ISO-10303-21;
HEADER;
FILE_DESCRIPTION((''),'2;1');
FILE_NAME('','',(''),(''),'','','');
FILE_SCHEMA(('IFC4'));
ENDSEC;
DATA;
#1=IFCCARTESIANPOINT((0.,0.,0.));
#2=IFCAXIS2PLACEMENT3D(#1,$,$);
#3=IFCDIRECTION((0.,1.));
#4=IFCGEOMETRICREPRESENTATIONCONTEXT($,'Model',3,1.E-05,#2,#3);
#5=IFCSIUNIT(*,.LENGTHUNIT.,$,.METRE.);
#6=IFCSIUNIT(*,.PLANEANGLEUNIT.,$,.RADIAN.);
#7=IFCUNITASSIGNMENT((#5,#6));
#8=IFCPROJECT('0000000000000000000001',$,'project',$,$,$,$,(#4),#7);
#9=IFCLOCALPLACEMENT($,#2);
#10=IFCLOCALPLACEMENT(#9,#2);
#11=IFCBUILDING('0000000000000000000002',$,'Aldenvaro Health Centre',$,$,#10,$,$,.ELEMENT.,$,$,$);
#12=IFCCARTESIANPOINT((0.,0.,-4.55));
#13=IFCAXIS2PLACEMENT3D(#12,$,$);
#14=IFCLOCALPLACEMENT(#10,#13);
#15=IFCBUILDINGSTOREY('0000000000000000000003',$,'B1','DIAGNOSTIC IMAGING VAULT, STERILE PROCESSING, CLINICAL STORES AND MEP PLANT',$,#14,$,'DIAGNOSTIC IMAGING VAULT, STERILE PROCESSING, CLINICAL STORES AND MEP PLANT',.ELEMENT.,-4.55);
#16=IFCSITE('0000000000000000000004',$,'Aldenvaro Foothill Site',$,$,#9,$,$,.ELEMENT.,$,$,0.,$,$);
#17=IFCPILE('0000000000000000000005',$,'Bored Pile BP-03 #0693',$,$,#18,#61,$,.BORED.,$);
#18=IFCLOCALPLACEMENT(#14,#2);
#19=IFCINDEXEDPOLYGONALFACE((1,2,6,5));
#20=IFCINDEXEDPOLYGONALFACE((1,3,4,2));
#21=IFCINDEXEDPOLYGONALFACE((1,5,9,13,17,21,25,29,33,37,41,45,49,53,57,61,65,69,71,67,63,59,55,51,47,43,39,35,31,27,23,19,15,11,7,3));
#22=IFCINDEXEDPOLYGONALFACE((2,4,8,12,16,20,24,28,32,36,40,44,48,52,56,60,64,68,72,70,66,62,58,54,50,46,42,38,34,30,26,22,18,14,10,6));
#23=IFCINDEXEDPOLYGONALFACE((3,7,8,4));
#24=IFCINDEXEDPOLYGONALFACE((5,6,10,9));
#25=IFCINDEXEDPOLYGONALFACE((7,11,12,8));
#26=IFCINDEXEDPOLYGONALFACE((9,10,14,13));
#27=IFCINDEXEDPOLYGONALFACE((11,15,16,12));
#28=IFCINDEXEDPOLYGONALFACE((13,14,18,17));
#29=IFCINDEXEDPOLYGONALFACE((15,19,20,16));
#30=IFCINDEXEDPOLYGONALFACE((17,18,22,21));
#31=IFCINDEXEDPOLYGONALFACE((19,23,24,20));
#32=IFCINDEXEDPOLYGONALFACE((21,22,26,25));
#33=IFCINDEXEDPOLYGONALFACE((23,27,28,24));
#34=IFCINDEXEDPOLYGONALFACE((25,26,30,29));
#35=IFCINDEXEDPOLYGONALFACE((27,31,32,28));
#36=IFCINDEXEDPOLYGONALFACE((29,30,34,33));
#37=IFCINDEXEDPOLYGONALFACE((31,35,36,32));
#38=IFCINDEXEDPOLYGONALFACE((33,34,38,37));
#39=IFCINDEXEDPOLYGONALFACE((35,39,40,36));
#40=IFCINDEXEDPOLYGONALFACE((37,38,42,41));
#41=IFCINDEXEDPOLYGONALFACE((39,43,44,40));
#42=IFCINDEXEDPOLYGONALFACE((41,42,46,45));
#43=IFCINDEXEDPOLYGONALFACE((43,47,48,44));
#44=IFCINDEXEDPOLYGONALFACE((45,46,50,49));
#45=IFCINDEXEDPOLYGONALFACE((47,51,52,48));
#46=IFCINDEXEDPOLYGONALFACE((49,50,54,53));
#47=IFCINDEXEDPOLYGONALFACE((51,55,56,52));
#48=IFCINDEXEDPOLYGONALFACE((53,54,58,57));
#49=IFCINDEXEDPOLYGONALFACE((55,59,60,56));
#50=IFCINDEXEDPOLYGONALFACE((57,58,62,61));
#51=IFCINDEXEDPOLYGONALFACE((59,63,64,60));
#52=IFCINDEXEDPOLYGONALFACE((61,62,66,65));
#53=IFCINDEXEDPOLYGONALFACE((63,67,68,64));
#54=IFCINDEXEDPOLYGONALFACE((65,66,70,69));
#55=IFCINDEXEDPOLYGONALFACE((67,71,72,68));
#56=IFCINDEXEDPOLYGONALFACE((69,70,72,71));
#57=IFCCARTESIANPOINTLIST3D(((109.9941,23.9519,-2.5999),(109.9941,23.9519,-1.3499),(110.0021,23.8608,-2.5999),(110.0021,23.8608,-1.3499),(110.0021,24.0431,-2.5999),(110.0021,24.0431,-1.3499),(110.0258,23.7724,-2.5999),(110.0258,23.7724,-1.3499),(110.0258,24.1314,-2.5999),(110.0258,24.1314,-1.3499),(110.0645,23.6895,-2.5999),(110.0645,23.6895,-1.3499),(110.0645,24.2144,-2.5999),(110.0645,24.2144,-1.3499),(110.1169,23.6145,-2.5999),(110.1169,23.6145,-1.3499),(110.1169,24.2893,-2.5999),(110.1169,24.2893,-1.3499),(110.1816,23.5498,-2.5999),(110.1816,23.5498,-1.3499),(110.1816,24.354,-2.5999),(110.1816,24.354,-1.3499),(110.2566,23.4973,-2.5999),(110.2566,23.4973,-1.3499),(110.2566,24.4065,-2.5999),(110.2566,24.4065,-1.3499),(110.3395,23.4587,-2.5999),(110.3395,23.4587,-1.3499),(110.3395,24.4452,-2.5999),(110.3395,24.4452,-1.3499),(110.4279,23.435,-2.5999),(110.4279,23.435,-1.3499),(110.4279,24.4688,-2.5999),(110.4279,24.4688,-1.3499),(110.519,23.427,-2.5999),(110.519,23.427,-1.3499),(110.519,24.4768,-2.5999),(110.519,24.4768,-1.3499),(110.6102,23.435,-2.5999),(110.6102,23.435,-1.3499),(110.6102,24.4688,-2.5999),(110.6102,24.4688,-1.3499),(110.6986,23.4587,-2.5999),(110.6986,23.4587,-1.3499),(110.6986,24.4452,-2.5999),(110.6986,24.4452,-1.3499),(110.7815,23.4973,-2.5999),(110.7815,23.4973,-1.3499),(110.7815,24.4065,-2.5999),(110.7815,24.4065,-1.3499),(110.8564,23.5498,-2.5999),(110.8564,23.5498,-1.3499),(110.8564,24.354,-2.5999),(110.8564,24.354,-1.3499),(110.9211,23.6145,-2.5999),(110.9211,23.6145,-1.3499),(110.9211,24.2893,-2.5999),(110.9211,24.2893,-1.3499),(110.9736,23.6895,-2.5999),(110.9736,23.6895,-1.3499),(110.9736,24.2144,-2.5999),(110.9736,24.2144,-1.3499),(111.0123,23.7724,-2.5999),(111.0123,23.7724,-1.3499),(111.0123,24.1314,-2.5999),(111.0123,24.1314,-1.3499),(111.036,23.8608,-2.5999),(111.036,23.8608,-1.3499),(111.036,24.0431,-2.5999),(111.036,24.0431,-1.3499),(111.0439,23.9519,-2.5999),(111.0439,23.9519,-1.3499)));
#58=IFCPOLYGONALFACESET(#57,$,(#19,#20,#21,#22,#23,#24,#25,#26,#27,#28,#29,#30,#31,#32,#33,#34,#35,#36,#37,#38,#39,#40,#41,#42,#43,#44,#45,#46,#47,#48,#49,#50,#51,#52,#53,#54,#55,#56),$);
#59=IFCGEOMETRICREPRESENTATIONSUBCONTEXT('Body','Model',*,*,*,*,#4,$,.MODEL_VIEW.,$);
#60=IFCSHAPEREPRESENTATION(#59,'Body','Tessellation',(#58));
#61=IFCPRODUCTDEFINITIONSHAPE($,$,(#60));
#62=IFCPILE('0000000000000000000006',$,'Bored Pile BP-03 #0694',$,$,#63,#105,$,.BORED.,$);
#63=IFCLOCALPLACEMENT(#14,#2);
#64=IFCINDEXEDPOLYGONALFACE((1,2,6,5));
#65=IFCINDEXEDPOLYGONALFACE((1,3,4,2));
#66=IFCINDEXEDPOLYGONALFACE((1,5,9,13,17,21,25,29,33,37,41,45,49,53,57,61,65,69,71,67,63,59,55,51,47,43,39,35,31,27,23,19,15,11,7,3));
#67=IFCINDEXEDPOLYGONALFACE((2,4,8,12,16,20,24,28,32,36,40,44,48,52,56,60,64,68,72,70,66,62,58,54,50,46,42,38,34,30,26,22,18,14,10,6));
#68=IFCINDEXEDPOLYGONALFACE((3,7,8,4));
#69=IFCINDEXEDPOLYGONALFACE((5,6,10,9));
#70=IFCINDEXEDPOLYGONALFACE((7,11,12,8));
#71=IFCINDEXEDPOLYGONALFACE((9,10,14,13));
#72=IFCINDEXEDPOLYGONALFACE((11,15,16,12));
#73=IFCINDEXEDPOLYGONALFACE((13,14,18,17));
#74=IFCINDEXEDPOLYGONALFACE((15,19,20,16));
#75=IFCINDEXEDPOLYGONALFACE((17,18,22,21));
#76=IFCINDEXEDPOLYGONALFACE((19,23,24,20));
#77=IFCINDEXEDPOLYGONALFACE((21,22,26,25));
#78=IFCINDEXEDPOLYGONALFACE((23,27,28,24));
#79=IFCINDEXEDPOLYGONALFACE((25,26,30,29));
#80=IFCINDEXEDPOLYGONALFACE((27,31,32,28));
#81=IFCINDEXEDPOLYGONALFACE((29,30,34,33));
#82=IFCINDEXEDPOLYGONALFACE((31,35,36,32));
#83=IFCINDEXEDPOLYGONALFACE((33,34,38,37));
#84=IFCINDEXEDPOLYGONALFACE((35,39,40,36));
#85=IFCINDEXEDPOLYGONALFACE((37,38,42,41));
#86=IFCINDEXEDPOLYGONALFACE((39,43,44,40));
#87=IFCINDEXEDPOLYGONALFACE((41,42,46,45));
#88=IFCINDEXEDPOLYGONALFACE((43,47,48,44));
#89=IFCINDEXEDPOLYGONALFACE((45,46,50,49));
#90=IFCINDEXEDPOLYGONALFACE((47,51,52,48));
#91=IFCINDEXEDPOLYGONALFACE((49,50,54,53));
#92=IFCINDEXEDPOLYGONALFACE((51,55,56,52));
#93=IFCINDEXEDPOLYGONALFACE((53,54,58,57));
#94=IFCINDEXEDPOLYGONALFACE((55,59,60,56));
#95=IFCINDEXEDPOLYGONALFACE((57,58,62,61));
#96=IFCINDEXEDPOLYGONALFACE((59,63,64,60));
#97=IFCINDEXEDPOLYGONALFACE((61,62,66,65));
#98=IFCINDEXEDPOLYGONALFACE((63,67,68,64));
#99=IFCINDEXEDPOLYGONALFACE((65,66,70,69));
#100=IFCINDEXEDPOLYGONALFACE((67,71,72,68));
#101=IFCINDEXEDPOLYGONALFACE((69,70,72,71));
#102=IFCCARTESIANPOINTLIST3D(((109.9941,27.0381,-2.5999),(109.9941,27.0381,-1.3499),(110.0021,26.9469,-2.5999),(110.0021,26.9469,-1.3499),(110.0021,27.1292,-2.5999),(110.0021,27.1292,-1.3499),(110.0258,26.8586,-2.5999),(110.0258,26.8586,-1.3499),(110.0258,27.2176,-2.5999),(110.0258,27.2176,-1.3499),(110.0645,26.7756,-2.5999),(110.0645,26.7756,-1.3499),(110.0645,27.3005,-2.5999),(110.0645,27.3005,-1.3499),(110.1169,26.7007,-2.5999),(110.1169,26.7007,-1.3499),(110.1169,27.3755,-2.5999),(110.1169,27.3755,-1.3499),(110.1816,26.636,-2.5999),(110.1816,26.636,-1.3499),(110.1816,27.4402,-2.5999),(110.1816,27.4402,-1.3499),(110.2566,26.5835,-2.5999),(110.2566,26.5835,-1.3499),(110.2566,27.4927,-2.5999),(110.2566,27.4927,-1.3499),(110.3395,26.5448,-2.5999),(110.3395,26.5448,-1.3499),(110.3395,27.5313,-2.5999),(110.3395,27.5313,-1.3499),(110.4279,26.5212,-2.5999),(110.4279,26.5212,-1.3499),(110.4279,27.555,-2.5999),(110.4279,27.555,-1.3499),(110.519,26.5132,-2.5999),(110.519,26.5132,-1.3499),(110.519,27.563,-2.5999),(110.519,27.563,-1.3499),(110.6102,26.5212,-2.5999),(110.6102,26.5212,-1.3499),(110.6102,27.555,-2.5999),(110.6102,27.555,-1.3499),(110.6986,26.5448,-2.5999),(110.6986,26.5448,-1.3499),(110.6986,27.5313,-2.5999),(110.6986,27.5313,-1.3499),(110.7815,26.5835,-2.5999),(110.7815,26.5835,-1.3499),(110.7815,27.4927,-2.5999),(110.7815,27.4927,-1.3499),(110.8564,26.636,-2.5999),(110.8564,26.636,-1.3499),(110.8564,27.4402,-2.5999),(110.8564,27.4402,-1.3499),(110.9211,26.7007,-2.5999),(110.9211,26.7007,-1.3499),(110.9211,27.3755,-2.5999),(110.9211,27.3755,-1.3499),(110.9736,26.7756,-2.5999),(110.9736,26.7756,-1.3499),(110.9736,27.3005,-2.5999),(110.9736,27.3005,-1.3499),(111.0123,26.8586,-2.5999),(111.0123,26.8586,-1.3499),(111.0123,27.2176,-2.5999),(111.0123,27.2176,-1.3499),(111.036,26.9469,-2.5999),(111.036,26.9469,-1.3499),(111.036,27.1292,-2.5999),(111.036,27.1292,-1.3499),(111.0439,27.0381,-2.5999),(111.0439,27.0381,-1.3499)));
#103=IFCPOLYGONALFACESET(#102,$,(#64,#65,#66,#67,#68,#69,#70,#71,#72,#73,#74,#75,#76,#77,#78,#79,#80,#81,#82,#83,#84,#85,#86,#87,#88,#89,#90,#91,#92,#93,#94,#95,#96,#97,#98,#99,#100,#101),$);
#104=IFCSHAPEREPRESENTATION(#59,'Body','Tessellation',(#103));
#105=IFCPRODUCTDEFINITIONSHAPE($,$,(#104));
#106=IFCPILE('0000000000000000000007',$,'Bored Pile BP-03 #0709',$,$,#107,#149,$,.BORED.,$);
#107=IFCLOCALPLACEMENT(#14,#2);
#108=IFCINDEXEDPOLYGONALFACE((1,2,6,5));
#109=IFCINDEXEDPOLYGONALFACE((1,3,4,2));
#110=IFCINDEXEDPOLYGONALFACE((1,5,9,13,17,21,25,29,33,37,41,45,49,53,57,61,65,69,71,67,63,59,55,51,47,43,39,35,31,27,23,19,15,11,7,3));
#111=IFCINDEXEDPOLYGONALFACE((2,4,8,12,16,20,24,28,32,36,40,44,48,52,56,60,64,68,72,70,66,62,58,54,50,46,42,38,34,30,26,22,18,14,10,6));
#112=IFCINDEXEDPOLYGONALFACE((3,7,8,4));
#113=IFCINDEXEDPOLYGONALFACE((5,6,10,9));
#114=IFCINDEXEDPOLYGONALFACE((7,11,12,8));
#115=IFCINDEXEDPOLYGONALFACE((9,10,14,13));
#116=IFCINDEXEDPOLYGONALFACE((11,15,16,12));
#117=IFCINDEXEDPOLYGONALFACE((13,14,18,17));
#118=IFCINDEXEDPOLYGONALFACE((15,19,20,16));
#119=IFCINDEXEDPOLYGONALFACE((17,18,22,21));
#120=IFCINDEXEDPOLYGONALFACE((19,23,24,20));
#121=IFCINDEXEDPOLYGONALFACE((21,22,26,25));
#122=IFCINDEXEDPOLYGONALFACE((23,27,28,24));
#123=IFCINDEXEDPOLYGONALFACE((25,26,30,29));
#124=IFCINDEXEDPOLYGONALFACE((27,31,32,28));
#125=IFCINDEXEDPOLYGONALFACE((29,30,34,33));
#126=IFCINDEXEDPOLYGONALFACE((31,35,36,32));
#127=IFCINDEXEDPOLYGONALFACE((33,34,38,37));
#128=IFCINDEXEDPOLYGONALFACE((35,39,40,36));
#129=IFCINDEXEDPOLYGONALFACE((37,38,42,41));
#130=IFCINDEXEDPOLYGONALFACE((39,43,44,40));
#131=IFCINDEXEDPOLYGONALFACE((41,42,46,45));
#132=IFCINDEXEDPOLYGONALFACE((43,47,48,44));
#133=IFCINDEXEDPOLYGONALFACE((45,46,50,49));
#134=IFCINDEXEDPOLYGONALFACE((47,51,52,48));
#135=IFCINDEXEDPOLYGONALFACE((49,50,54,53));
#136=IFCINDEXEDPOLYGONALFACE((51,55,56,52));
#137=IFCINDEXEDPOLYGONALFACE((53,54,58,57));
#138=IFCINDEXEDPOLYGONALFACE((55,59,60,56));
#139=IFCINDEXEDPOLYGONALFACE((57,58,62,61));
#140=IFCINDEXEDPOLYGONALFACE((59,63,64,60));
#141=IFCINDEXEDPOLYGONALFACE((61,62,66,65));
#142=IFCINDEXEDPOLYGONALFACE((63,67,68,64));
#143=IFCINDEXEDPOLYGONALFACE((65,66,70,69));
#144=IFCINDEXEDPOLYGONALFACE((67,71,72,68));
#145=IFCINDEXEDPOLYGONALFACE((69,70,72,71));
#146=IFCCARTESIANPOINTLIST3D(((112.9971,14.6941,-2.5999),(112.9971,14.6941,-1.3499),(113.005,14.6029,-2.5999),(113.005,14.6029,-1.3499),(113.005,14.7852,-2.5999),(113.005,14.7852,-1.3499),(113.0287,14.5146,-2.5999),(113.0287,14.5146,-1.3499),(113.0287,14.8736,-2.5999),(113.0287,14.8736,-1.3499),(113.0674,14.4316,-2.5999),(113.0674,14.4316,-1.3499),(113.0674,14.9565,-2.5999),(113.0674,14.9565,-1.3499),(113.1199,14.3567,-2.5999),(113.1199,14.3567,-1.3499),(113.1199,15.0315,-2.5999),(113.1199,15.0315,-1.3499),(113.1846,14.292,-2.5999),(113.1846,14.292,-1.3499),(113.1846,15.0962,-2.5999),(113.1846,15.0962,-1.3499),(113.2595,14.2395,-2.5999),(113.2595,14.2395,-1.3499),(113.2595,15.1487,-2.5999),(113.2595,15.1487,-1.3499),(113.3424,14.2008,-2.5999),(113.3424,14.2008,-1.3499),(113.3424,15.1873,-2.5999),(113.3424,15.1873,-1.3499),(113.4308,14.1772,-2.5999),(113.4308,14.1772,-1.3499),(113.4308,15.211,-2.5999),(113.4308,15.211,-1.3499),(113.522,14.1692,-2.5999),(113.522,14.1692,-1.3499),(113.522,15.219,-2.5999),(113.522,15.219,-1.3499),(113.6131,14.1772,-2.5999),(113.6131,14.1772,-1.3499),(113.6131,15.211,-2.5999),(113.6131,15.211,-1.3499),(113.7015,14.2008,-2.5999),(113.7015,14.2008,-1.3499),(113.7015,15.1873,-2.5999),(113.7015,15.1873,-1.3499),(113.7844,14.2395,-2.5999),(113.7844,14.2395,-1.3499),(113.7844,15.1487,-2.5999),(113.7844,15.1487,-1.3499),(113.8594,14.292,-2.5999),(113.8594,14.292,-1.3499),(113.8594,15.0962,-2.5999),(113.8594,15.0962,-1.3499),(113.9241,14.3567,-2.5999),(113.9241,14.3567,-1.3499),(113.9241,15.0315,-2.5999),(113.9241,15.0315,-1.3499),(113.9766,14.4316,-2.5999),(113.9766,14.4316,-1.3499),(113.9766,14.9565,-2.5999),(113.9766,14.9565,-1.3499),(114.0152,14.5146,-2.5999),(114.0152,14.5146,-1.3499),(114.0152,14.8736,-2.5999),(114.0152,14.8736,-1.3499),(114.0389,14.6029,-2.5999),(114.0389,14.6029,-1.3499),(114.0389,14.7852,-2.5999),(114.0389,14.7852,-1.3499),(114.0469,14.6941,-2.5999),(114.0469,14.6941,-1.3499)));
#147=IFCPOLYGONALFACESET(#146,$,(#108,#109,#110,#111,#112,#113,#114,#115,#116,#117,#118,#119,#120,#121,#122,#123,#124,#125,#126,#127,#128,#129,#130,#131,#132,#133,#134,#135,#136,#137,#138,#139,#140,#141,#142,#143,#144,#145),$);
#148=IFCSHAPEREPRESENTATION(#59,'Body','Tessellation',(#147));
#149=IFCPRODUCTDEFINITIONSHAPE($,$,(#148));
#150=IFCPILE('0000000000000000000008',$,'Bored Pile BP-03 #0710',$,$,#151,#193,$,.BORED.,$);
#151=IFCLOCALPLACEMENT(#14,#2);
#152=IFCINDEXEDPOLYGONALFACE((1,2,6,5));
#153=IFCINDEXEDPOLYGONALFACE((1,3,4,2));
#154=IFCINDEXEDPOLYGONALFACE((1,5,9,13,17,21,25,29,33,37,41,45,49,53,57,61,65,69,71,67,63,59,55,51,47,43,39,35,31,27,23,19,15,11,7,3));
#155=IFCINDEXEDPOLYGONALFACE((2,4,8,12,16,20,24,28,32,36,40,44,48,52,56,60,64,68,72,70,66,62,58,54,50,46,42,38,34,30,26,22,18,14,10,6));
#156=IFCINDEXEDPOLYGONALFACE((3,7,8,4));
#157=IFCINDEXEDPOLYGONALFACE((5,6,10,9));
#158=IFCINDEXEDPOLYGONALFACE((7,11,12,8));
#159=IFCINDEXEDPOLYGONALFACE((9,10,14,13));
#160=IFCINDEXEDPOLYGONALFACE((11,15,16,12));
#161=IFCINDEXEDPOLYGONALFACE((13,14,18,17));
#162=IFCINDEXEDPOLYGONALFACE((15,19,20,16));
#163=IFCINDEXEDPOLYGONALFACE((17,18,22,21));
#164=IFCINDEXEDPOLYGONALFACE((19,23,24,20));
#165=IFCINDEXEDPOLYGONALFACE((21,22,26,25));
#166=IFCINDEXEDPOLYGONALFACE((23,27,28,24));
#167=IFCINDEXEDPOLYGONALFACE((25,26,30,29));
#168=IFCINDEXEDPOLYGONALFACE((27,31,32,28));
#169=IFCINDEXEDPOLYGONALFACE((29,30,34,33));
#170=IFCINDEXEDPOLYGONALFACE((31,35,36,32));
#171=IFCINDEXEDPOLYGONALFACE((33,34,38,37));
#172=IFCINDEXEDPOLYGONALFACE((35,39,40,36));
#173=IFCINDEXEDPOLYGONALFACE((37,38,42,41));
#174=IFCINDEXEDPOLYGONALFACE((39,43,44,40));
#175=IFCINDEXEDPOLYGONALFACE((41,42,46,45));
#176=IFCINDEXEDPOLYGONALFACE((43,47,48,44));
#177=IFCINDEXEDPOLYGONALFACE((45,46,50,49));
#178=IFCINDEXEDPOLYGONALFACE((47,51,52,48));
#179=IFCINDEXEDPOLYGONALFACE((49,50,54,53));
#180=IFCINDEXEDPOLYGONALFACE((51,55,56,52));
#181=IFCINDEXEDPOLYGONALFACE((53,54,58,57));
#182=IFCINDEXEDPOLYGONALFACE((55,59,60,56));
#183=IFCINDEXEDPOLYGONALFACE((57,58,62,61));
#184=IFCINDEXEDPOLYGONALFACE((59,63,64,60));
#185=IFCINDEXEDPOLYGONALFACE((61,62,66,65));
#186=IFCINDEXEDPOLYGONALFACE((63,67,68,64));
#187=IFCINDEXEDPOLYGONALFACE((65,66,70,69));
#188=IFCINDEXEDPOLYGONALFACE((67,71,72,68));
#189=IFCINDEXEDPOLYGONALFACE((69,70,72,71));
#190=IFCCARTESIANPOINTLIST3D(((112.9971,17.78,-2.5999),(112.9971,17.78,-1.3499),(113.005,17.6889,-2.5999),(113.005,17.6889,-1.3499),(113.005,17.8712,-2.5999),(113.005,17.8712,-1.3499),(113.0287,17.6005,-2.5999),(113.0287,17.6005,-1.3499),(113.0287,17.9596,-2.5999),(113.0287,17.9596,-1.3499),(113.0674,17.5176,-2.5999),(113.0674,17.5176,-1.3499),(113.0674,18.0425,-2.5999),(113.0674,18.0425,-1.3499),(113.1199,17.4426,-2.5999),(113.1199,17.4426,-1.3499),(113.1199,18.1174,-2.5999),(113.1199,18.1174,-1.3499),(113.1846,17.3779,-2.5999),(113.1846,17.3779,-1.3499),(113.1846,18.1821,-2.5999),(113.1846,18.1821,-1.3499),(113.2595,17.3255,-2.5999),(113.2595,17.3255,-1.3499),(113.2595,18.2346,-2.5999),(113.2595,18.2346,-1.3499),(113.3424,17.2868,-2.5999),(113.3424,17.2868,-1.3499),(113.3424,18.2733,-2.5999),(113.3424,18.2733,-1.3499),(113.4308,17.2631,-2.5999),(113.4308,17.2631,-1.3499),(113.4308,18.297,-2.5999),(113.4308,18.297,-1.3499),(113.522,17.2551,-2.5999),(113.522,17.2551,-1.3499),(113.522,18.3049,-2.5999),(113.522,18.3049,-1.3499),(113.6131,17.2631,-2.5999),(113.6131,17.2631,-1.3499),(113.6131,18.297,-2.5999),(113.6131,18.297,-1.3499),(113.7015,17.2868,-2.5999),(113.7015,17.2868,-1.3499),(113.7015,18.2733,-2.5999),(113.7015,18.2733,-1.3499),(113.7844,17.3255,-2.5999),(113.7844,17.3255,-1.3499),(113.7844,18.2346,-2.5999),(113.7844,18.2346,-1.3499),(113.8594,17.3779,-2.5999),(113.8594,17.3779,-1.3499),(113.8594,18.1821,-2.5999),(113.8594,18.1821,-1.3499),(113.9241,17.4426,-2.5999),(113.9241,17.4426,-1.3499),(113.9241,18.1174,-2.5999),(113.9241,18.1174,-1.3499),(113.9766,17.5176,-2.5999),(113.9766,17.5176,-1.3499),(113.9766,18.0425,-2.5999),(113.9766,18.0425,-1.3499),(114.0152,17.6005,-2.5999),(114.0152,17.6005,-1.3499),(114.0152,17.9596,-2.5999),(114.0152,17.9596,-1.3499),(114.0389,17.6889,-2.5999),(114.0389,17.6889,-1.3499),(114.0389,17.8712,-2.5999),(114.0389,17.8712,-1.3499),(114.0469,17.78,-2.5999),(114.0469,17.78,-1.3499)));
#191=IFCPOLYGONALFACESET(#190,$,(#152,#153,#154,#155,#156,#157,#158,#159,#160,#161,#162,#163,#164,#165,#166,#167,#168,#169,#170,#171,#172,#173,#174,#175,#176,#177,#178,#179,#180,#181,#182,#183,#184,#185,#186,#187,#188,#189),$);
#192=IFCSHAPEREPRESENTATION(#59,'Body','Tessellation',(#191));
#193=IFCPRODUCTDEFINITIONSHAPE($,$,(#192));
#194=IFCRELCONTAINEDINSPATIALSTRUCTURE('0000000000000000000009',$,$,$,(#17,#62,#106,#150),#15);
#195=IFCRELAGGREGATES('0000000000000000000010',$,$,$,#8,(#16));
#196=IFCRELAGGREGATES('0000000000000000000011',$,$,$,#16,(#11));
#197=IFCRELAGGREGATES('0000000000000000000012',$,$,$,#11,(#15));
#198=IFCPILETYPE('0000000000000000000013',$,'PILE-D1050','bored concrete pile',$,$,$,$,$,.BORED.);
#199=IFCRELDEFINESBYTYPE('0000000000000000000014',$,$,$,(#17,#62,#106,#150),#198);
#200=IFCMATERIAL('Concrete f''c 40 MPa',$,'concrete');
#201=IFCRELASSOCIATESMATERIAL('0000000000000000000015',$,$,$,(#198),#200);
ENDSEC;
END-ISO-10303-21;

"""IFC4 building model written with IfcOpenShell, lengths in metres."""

from ifc_helpers import new_model, si_unit, direction, frame, origin, origin_2d, place, context, subcontext, project, spatial, circle, extrude, material, material_profile, profile_set, type_object, element, save


model = new_model("IFC4")

# Units and contexts
model_context = context("Model", 3, precision=1e-05, world=origin(), true_north=direction((0.0, 1.0)))
body_context = subcontext(model_context, "Body", "Model", "MODEL_VIEW")
ifc_project = project(units=[si_unit("LENGTHUNIT", "METRE"), si_unit("PLANEANGLEUNIT", "RADIAN")], contexts=[model_context])

# Site, building, storey
site_placement = place(None, origin())
site = spatial("IfcSite", under=ifc_project, at=site_placement, Name="Aldenvaro Foothill Site", CompositionType="ELEMENT", RefElevation=0.0)
building_placement = place(site_placement, origin())
building = spatial("IfcBuilding", under=site, at=building_placement, Name="Aldenvaro Health Centre", CompositionType="ELEMENT")
storey_placement = place(building_placement, frame((0.0, 0.0, -4.55)))
storey = spatial("IfcBuildingStorey", under=building, at=storey_placement, Name="B1", Description="DIAGNOSTIC IMAGING VAULT, STERILE PROCESSING, CLINICAL STORES AND MEP PLANT", LongName="DIAGNOSTIC IMAGING VAULT, STERILE PROCESSING, CLINICAL STORES AND MEP PLANT", CompositionType="ELEMENT", Elevation=-4.55)

# Piles
ifc_material_1 = material(Name="Concrete f'c 40 MPa", Category="concrete")
ifc_material_profile_1 = material_profile(ifc_material_1, circle(Radius=0.5249, at=origin_2d()), Name="PILE D1050", Category="concrete")
ifc_profile_set_1 = profile_set([ifc_material_profile_1], Name="Concrete f'c 40 MPa")
pile_type = type_object("IfcPileType", Name="PILE-D1050", Description="bored concrete pile", PredefinedType="BORED", material=ifc_profile_set_1)
for number, where, z_axis, x_axis, name in (
    (1, (110.519, 23.9519, -1.3499), (0.0, 0.0, -1.0), (1.0, 0.0, 0.0), "Bored Pile BP-03 #0693"),
    (2, (110.519, 27.0381, -1.3499), (0.0, 0.0, -1.0), (1.0, 0.0, 0.0), "Bored Pile BP-03 #0694"),
    (3, (113.522, 14.6941, -1.3499), (0.0, 0.0, -1.0), (1.0, 0.0, 0.0), "Bored Pile BP-03 #0709"),
    (4, (113.522, 17.78, -1.3499), (0.0, 0.0, -1.0), (1.0, 0.0, 0.0), "Bored Pile BP-03 #0710"),
):
    element("IfcPile", number, at=place(storey_placement, frame(where, z_axis=z_axis, x_axis=x_axis)), inside=storey, type_object=pile_type, Name=name, PredefinedType="BORED", context=body_context, shape_type="SweptSolid", body=[
        extrude(circle(Radius=0.5249, at=origin_2d()), origin(), (0.0, 0.0, 1.0), 1.25),
    ])

save(model, "model.ifc")
